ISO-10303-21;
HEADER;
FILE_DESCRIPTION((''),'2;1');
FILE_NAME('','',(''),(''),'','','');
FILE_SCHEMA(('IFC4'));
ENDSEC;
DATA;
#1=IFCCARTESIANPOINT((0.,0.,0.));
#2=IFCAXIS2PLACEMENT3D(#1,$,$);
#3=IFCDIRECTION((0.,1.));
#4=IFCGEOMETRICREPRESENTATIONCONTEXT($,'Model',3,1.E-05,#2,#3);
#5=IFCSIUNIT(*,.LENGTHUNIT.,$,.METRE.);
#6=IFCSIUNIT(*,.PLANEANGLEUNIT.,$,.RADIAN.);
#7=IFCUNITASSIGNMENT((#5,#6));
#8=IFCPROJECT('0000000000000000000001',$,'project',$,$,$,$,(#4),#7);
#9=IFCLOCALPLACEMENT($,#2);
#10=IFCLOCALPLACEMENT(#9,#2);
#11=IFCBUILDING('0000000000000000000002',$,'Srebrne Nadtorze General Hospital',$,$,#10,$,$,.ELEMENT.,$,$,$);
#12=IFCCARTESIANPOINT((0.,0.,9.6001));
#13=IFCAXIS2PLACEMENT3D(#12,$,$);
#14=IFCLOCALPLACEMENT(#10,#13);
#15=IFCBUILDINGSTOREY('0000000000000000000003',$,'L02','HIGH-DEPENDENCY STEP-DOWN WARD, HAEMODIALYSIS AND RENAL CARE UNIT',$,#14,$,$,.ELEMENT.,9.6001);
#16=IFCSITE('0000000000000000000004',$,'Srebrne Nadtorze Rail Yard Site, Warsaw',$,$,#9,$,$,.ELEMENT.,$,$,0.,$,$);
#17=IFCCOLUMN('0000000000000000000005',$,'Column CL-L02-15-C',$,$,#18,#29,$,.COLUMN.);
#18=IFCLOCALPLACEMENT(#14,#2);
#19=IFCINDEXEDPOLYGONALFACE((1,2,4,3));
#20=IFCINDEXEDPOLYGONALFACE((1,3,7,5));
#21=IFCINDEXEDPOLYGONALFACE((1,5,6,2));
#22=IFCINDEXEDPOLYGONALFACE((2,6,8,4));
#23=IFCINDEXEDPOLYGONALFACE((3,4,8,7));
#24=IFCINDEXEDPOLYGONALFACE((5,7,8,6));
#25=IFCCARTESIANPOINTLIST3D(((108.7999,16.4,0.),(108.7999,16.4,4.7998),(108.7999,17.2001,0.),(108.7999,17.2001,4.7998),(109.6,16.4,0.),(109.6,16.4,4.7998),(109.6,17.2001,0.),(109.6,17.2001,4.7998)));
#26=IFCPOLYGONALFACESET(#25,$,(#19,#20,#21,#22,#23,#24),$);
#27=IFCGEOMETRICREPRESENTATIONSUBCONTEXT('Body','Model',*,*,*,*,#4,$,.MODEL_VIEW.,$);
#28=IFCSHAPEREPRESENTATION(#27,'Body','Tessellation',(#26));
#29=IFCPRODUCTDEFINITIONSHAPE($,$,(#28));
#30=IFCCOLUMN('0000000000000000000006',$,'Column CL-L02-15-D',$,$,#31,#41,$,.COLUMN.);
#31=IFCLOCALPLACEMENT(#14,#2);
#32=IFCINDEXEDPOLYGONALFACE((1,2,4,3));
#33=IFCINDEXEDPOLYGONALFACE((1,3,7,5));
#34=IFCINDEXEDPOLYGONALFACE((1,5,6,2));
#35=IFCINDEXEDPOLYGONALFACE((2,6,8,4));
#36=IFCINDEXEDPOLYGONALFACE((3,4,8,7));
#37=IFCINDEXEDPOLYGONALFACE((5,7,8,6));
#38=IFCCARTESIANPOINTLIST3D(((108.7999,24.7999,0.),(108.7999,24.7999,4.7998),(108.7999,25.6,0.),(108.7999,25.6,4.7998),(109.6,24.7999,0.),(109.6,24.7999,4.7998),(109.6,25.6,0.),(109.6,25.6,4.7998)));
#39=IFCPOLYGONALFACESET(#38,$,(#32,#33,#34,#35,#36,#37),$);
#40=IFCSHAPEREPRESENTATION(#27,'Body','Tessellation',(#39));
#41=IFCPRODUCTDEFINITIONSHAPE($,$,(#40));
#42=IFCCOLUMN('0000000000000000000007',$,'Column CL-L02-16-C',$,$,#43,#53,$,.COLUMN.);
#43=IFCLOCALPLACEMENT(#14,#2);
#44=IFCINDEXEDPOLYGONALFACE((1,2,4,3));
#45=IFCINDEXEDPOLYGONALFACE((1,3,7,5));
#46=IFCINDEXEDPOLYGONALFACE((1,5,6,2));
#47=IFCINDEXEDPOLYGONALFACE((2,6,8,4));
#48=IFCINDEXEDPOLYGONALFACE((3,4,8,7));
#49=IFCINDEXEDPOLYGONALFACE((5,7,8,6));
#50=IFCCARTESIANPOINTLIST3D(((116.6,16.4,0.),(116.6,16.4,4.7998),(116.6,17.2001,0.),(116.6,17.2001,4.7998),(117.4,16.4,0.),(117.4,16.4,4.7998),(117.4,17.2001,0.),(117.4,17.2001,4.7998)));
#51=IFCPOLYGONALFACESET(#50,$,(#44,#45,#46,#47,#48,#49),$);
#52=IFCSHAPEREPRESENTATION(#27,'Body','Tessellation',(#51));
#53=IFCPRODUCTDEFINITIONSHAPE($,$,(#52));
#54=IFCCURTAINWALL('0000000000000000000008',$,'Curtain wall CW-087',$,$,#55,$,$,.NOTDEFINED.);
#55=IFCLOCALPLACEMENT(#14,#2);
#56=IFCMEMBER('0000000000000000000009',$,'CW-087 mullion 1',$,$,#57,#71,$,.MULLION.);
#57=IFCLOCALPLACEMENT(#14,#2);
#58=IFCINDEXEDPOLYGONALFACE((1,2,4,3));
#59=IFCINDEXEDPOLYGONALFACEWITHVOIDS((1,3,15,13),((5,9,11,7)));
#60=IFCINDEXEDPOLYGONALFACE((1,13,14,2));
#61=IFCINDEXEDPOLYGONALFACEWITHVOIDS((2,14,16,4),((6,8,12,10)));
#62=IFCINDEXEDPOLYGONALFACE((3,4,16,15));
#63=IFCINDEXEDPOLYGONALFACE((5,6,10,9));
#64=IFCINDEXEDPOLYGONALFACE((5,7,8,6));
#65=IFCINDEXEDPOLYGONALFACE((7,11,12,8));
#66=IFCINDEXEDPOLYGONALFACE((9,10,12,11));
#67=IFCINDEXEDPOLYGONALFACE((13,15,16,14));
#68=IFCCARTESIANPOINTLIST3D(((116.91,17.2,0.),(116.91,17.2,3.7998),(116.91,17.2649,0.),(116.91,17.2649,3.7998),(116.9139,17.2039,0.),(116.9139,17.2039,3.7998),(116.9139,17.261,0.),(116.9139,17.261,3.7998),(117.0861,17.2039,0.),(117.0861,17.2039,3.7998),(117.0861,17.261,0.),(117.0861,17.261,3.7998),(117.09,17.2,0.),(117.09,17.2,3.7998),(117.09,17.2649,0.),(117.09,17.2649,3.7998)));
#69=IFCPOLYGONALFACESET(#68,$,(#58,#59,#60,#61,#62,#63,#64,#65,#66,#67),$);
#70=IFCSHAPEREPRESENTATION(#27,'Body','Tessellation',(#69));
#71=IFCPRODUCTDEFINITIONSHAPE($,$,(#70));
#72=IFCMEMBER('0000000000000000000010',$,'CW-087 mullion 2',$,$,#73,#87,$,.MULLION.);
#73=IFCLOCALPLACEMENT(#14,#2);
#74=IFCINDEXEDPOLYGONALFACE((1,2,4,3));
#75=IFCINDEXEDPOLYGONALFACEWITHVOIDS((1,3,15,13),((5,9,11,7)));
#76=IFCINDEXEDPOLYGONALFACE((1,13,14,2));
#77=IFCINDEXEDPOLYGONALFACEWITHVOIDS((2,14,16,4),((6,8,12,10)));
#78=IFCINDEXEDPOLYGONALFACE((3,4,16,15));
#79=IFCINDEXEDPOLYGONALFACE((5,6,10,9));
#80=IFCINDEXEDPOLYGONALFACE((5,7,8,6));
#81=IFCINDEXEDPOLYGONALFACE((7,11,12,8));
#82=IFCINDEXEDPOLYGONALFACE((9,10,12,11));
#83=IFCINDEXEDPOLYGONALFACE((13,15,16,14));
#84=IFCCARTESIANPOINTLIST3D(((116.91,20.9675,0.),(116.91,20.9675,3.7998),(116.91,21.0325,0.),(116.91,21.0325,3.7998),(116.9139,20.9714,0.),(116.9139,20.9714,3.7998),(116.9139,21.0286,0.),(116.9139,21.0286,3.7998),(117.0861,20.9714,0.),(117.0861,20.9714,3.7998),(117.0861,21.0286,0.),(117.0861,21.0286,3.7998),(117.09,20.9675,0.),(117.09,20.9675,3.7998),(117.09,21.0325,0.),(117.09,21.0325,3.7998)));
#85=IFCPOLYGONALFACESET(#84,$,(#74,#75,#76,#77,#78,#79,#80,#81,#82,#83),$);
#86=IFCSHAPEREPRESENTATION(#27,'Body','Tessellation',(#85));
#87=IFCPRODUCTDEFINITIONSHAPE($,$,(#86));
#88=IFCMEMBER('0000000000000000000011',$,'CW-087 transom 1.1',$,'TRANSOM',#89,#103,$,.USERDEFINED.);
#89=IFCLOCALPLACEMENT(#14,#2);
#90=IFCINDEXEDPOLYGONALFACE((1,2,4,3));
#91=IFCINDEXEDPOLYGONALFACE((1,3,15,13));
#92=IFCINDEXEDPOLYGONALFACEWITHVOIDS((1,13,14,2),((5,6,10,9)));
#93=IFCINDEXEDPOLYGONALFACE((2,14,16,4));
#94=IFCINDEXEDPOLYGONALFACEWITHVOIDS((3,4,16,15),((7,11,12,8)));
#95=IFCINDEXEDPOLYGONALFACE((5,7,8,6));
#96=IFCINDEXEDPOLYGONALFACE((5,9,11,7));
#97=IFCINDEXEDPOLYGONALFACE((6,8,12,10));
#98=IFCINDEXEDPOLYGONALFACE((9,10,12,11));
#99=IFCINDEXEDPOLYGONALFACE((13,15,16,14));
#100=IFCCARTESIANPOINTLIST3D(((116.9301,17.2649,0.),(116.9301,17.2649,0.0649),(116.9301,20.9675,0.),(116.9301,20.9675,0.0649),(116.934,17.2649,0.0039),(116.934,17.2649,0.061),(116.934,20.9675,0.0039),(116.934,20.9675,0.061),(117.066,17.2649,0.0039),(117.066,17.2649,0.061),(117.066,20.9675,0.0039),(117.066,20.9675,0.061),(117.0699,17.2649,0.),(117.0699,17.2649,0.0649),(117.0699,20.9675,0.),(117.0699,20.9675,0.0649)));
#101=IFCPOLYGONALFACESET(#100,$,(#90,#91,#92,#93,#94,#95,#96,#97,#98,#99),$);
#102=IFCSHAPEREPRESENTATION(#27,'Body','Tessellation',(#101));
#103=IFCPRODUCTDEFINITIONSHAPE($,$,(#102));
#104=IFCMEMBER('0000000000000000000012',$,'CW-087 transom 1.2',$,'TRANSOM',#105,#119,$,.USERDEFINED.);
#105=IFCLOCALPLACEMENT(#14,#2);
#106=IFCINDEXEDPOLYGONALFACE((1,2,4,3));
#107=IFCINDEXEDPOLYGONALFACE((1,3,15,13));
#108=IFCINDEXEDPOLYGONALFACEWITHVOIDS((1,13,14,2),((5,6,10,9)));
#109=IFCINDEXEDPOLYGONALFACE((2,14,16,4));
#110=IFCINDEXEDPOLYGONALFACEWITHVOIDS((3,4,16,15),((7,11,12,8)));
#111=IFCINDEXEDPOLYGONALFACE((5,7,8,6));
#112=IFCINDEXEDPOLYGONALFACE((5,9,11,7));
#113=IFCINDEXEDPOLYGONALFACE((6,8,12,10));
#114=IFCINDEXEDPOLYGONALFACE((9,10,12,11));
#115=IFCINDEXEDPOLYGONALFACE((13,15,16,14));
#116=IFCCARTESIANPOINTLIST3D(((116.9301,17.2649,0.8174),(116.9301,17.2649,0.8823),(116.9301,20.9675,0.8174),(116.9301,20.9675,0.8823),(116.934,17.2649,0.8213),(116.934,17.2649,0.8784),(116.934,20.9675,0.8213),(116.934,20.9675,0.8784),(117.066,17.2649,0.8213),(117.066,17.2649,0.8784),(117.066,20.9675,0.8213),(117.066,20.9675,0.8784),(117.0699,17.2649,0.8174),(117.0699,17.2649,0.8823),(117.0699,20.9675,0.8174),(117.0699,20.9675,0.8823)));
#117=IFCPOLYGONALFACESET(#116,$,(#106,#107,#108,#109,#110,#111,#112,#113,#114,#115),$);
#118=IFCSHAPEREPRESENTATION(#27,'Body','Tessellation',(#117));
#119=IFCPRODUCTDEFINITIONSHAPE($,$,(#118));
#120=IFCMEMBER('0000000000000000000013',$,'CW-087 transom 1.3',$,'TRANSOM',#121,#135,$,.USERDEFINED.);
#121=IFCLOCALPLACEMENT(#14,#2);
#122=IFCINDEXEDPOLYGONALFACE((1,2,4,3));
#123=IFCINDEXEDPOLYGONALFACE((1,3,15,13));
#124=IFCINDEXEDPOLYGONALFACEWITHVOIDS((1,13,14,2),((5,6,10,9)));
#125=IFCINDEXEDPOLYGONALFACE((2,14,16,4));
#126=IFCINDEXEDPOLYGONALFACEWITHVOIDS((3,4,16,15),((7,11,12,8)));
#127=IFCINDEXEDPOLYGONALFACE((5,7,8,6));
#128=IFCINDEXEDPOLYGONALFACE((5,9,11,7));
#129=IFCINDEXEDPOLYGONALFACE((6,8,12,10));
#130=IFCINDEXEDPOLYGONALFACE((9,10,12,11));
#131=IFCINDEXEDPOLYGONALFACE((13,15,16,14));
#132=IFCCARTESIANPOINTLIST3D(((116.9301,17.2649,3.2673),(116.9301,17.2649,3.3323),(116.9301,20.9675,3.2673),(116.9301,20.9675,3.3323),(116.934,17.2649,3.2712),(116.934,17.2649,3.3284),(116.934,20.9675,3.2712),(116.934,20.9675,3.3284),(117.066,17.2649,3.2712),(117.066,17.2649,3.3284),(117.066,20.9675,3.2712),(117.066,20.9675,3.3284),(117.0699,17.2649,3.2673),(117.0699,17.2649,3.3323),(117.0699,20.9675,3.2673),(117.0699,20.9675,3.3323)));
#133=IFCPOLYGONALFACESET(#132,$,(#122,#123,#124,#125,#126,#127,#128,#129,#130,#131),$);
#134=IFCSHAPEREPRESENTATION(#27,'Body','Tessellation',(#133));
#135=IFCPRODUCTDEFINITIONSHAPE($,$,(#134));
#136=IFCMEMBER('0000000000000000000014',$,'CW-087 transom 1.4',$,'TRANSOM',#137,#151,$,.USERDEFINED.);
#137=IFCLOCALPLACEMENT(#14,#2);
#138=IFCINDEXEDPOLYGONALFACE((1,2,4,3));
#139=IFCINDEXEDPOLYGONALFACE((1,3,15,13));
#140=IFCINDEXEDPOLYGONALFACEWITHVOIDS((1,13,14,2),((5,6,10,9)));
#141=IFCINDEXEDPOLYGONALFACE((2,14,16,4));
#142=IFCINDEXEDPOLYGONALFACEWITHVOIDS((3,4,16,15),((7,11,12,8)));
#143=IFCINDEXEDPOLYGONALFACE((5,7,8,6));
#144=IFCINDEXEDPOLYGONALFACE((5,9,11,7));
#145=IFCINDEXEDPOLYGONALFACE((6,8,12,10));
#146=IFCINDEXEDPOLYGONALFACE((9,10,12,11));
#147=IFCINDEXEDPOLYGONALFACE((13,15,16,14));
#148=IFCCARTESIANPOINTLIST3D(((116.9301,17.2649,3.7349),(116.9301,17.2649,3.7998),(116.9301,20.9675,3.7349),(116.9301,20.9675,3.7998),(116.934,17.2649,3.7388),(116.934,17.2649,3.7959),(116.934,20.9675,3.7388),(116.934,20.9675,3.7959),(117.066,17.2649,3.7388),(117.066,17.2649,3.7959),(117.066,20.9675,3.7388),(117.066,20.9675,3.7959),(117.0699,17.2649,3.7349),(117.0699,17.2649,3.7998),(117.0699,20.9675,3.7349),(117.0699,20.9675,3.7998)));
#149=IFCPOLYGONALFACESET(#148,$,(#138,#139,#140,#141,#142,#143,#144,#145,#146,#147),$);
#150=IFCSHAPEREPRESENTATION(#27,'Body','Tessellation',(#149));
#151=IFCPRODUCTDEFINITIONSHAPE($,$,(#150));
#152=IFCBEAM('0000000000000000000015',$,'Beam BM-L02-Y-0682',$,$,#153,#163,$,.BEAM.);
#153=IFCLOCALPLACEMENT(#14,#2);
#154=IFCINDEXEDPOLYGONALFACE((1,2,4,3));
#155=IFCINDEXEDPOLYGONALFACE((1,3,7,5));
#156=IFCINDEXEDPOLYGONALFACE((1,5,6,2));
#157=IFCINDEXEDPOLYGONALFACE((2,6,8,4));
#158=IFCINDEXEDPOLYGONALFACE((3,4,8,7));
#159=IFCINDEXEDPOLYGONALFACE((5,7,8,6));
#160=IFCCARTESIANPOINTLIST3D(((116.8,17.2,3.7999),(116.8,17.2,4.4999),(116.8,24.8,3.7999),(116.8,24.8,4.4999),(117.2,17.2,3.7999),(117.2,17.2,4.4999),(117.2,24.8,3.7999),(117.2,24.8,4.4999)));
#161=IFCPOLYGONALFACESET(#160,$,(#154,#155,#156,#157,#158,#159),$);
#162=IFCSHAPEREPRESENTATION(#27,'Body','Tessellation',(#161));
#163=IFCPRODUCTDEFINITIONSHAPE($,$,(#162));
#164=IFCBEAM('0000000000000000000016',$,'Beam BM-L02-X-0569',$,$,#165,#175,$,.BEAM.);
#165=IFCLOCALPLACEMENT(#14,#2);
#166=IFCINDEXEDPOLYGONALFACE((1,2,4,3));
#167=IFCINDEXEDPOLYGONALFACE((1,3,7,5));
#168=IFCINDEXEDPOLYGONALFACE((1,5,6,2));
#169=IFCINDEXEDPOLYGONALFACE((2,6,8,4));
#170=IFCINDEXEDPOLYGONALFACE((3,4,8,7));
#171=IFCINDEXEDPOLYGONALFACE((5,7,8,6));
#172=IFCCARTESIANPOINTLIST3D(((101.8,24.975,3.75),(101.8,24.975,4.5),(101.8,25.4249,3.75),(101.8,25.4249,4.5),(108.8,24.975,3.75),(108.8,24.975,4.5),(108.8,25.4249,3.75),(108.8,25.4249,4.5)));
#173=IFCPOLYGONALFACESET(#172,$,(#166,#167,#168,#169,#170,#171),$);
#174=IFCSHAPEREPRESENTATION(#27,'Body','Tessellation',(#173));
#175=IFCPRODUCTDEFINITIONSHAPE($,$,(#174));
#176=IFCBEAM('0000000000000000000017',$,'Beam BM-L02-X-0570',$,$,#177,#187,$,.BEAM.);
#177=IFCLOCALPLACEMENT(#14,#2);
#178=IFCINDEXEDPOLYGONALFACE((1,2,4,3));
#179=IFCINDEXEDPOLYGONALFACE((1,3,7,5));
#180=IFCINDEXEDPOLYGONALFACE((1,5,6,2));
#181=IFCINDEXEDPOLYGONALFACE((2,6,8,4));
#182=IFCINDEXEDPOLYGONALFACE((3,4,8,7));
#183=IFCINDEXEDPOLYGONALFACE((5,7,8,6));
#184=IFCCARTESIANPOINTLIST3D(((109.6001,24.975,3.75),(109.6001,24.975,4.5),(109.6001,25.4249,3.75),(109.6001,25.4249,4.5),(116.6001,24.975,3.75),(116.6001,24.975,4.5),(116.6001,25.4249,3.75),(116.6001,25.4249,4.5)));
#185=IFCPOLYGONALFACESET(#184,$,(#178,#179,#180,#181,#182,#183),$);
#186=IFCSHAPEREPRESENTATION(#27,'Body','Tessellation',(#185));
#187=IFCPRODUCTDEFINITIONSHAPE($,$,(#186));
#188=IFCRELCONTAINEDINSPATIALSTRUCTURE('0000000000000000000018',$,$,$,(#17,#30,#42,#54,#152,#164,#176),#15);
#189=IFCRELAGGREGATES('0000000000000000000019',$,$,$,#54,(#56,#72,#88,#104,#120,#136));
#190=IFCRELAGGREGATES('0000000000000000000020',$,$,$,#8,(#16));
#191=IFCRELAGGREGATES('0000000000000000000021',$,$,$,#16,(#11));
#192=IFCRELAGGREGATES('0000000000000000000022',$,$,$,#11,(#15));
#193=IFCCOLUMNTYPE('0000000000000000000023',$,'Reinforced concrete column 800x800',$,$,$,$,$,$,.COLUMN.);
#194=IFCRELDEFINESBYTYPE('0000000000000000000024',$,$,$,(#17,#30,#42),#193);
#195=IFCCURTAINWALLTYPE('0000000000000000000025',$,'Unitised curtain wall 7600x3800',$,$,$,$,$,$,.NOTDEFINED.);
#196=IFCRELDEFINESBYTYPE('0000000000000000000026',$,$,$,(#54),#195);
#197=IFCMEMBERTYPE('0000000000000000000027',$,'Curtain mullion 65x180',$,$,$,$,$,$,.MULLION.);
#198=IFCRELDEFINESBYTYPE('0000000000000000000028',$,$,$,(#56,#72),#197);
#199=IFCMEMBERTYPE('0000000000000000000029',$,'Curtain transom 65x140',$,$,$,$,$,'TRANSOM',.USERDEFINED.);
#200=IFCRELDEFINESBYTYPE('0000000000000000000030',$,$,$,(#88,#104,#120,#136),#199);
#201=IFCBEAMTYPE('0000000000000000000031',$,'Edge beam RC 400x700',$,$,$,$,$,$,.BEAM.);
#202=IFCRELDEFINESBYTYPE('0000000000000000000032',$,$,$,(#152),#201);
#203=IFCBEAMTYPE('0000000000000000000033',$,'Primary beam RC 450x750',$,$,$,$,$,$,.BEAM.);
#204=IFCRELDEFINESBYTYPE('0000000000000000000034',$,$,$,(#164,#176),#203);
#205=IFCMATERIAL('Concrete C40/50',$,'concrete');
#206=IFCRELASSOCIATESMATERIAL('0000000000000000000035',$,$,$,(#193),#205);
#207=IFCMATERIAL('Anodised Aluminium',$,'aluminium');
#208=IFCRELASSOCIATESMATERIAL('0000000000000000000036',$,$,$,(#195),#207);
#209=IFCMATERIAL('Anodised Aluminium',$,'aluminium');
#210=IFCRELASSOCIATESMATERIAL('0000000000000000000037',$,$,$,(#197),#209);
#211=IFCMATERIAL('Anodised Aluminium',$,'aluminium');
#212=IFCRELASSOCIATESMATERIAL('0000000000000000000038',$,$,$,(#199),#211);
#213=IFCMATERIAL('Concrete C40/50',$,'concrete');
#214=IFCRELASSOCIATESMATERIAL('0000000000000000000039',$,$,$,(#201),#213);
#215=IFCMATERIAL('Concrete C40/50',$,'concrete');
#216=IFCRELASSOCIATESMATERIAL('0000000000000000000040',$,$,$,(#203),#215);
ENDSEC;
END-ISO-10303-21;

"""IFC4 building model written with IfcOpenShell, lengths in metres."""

from ifc_helpers import new_model, si_unit, direction, frame, origin, origin_2d, place, context, subcontext, project, spatial, rectangle, hollow_rectangle, extrude, material, material_profile, profile_set, type_object, element, aggregate, save


model = new_model("IFC4")

# Units and contexts
model_context = context("Model", 3, precision=1e-05, world=origin(), true_north=direction((0.0, 1.0)))
body_context = subcontext(model_context, "Body", "Model", "MODEL_VIEW")
ifc_project = project(units=[si_unit("LENGTHUNIT", "METRE"), si_unit("PLANEANGLEUNIT", "RADIAN")], contexts=[model_context])

# Site, building, storey
site_placement = place(None, origin())
site = spatial("IfcSite", under=ifc_project, at=site_placement, Name="Srebrne Nadtorze Rail Yard Site, Warsaw", CompositionType="ELEMENT", RefElevation=0.0)
building_placement = place(site_placement, origin())
building = spatial("IfcBuilding", under=site, at=building_placement, Name="Srebrne Nadtorze General Hospital", CompositionType="ELEMENT")
storey_placement = place(building_placement, frame((0.0, 0.0, 9.6001)))
storey = spatial("IfcBuildingStorey", under=building, at=storey_placement, Name="L02", Description="HIGH-DEPENDENCY STEP-DOWN WARD, HAEMODIALYSIS AND RENAL CARE UNIT", CompositionType="ELEMENT", Elevation=9.6001)

# Columns
ifc_material_1 = material(Name="Concrete C40/50", Category="concrete")
ifc_material_profile_1 = material_profile(ifc_material_1, rectangle(XDim=0.8, YDim=0.8, at=origin_2d()), Name="RC-COL-800x800")
ifc_profile_set_1 = profile_set([ifc_material_profile_1], Name="Concrete C40/50")
column_type = type_object("IfcColumnType", Name="Reinforced concrete column 800x800", PredefinedType="COLUMN", material=ifc_profile_set_1)
for number, where, z_axis, x_axis, name in (
    (1, (109.2, 16.8, 0.0), (0.0, 0.0, 1.0), (1.0, 0.0, 0.0), "Column CL-L02-15-C"),
    (2, (109.2, 25.2, 0.0), (0.0, 0.0, 1.0), (1.0, 0.0, 0.0), "Column CL-L02-15-D"),
    (3, (117.0, 16.8, 0.0), (0.0, 0.0, 1.0), (1.0, 0.0, 0.0), "Column CL-L02-16-C"),
):
    element("IfcColumn", number, at=place(storey_placement, frame(where, z_axis=z_axis, x_axis=x_axis)), inside=storey, type_object=column_type, Name=name, PredefinedType="COLUMN", context=body_context, shape_type="SweptSolid", body=[
        extrude(rectangle(XDim=0.8, YDim=0.8, at=origin_2d()), origin(), (0.0, 0.0, 1.0), 4.7998),
    ])

# Curtain wall, members
ifc_material_2 = material(Name="Anodised Aluminium", Category="aluminium")
curtain_wall_type = type_object("IfcCurtainWallType", Name="Unitised curtain wall 7600x3800", PredefinedType="NOTDEFINED", material=ifc_material_2)
curtain_wall_placement = place(storey_placement, origin())
curtain_wall = element("IfcCurtainWall", 4, at=curtain_wall_placement, inside=storey, type_object=curtain_wall_type, Name="Curtain wall CW-087", PredefinedType="NOTDEFINED")
ifc_material_3 = material(Name="Anodised Aluminium", Category="aluminium")
ifc_material_profile_2 = material_profile(ifc_material_3, hollow_rectangle(XDim=0.0649, YDim=0.1799, WallThickness=0.0039, at=origin_2d()), Name="AL-MUL-65x180")
ifc_profile_set_2 = profile_set([ifc_material_profile_2], Name="Anodised Aluminium")
member_type_1 = type_object("IfcMemberType", Name="Curtain mullion 65x180", PredefinedType="MULLION", material=ifc_profile_set_2)
member_1_placement = place(storey_placement, frame((117.0, 17.2324, 0.0), z_axis=(0.0, 0.0, 1.0), x_axis=(0.0, 1.0, 0.0)))
member_1 = element("IfcMember", 5, at=member_1_placement, type_object=member_type_1, Name="CW-087 mullion 1", PredefinedType="MULLION", context=body_context, shape_type="SweptSolid", body=[
    extrude(hollow_rectangle(XDim=0.0649, YDim=0.1799, WallThickness=0.0039, at=origin_2d()), origin(), (0.0, 0.0, 1.0), 3.7998),
])
member_2_placement = place(storey_placement, frame((117.0, 21.0, 0.0), z_axis=(0.0, 0.0, 1.0), x_axis=(0.0, 1.0, 0.0)))
member_2 = element("IfcMember", 6, at=member_2_placement, type_object=member_type_1, Name="CW-087 mullion 2", PredefinedType="MULLION", context=body_context, shape_type="SweptSolid", body=[
    extrude(hollow_rectangle(XDim=0.0649, YDim=0.1799, WallThickness=0.0039, at=origin_2d()), origin(), (0.0, 0.0, 1.0), 3.7998),
])
ifc_material_4 = material(Name="Anodised Aluminium", Category="aluminium")
ifc_material_profile_3 = material_profile(ifc_material_4, hollow_rectangle(XDim=0.0649, YDim=0.1399, WallThickness=0.0039, at=origin_2d()), Name="AL-TRN-65x140")
ifc_profile_set_3 = profile_set([ifc_material_profile_3], Name="Anodised Aluminium")
member_type_2 = type_object("IfcMemberType", Name="Curtain transom 65x140", ElementType="TRANSOM", PredefinedType="USERDEFINED", material=ifc_profile_set_3)
member_3_placement = place(storey_placement, frame((117.0, 17.2649, 0.0325), z_axis=(0.0, 1.0, 0.0), x_axis=(0.0, 0.0, 1.0)))
member_3 = element("IfcMember", 7, at=member_3_placement, type_object=member_type_2, Name="CW-087 transom 1.1", ObjectType="TRANSOM", PredefinedType="USERDEFINED", context=body_context, shape_type="SweptSolid", body=[
    extrude(hollow_rectangle(XDim=0.0649, YDim=0.1399, WallThickness=0.0039, at=origin_2d()), origin(), (0.0, 0.0, 1.0), 3.7026),
])
member_4_placement = place(storey_placement, frame((117.0, 17.2649, 0.8499), z_axis=(0.0, 1.0, 0.0), x_axis=(0.0, 0.0, 1.0)))
member_4 = element("IfcMember", 8, at=member_4_placement, type_object=member_type_2, Name="CW-087 transom 1.2", ObjectType="TRANSOM", PredefinedType="USERDEFINED", context=body_context, shape_type="SweptSolid", body=[
    extrude(hollow_rectangle(XDim=0.0649, YDim=0.1399, WallThickness=0.0039, at=origin_2d()), origin(), (0.0, 0.0, 1.0), 3.7026),
])
member_5_placement = place(storey_placement, frame((117.0, 17.2649, 3.2998), z_axis=(0.0, 1.0, 0.0), x_axis=(0.0, 0.0, 1.0)))
member_5 = element("IfcMember", 9, at=member_5_placement, type_object=member_type_2, Name="CW-087 transom 1.3", ObjectType="TRANSOM", PredefinedType="USERDEFINED", context=body_context, shape_type="SweptSolid", body=[
    extrude(hollow_rectangle(XDim=0.0649, YDim=0.1399, WallThickness=0.0039, at=origin_2d()), origin(), (0.0, 0.0, 1.0), 3.7026),
])
member_6_placement = place(storey_placement, frame((117.0, 17.2649, 3.7673), z_axis=(0.0, 1.0, 0.0), x_axis=(0.0, 0.0, 1.0)))
member_6 = element("IfcMember", 10, at=member_6_placement, type_object=member_type_2, Name="CW-087 transom 1.4", ObjectType="TRANSOM", PredefinedType="USERDEFINED", context=body_context, shape_type="SweptSolid", body=[
    extrude(hollow_rectangle(XDim=0.0649, YDim=0.1399, WallThickness=0.0039, at=origin_2d()), origin(), (0.0, 0.0, 1.0), 3.7026),
])

# Beams
ifc_material_5 = material(Name="Concrete C40/50", Category="concrete")
ifc_material_profile_4 = material_profile(ifc_material_5, rectangle(XDim=0.3999, YDim=0.7, at=origin_2d()), Name="RC-BM-400x700")
ifc_profile_set_4 = profile_set([ifc_material_profile_4], Name="Concrete C40/50")
beam_type_1 = type_object("IfcBeamType", Name="Edge beam RC 400x700", PredefinedType="BEAM", material=ifc_profile_set_4)
beam_placement = place(storey_placement, frame((117.0, 17.2, 4.1499), z_axis=(0.0, 1.0, 0.0), x_axis=(-1.0, 0.0, 0.0)))
element("IfcBeam", 11, at=beam_placement, inside=storey, type_object=beam_type_1, Name="Beam BM-L02-Y-0682", PredefinedType="BEAM", context=body_context, shape_type="SweptSolid", body=[
    extrude(rectangle(XDim=0.3999, YDim=0.7, at=origin_2d()), origin(), (0.0, 0.0, 1.0), 7.6001),
])
ifc_material_6 = material(Name="Concrete C40/50", Category="concrete")
ifc_material_profile_5 = material_profile(ifc_material_6, rectangle(XDim=0.45, YDim=0.75, at=origin_2d()), Name="RC-BM-450x750")
ifc_profile_set_5 = profile_set([ifc_material_profile_5], Name="Concrete C40/50")
beam_type_2 = type_object("IfcBeamType", Name="Primary beam RC 450x750", PredefinedType="BEAM", material=ifc_profile_set_5)
for number, where, z_axis, x_axis, name in (
    (12, (101.8, 25.2, 4.125), (1.0, 0.0, 0.0), (0.0, 1.0, 0.0), "Beam BM-L02-X-0569"),
    (13, (109.6001, 25.2, 4.125), (1.0, 0.0, 0.0), (0.0, 1.0, 0.0), "Beam BM-L02-X-0570"),
):
    element("IfcBeam", number, at=place(storey_placement, frame(where, z_axis=z_axis, x_axis=x_axis)), inside=storey, type_object=beam_type_2, Name=name, PredefinedType="BEAM", context=body_context, shape_type="SweptSolid", body=[
        extrude(rectangle(XDim=0.45, YDim=0.75, at=origin_2d()), origin(), (0.0, 0.0, 1.0), 7.0),
    ])

aggregate(curtain_wall, [member_1, member_2, member_3, member_4, member_5, member_6])

save(model, "model.ifc")
